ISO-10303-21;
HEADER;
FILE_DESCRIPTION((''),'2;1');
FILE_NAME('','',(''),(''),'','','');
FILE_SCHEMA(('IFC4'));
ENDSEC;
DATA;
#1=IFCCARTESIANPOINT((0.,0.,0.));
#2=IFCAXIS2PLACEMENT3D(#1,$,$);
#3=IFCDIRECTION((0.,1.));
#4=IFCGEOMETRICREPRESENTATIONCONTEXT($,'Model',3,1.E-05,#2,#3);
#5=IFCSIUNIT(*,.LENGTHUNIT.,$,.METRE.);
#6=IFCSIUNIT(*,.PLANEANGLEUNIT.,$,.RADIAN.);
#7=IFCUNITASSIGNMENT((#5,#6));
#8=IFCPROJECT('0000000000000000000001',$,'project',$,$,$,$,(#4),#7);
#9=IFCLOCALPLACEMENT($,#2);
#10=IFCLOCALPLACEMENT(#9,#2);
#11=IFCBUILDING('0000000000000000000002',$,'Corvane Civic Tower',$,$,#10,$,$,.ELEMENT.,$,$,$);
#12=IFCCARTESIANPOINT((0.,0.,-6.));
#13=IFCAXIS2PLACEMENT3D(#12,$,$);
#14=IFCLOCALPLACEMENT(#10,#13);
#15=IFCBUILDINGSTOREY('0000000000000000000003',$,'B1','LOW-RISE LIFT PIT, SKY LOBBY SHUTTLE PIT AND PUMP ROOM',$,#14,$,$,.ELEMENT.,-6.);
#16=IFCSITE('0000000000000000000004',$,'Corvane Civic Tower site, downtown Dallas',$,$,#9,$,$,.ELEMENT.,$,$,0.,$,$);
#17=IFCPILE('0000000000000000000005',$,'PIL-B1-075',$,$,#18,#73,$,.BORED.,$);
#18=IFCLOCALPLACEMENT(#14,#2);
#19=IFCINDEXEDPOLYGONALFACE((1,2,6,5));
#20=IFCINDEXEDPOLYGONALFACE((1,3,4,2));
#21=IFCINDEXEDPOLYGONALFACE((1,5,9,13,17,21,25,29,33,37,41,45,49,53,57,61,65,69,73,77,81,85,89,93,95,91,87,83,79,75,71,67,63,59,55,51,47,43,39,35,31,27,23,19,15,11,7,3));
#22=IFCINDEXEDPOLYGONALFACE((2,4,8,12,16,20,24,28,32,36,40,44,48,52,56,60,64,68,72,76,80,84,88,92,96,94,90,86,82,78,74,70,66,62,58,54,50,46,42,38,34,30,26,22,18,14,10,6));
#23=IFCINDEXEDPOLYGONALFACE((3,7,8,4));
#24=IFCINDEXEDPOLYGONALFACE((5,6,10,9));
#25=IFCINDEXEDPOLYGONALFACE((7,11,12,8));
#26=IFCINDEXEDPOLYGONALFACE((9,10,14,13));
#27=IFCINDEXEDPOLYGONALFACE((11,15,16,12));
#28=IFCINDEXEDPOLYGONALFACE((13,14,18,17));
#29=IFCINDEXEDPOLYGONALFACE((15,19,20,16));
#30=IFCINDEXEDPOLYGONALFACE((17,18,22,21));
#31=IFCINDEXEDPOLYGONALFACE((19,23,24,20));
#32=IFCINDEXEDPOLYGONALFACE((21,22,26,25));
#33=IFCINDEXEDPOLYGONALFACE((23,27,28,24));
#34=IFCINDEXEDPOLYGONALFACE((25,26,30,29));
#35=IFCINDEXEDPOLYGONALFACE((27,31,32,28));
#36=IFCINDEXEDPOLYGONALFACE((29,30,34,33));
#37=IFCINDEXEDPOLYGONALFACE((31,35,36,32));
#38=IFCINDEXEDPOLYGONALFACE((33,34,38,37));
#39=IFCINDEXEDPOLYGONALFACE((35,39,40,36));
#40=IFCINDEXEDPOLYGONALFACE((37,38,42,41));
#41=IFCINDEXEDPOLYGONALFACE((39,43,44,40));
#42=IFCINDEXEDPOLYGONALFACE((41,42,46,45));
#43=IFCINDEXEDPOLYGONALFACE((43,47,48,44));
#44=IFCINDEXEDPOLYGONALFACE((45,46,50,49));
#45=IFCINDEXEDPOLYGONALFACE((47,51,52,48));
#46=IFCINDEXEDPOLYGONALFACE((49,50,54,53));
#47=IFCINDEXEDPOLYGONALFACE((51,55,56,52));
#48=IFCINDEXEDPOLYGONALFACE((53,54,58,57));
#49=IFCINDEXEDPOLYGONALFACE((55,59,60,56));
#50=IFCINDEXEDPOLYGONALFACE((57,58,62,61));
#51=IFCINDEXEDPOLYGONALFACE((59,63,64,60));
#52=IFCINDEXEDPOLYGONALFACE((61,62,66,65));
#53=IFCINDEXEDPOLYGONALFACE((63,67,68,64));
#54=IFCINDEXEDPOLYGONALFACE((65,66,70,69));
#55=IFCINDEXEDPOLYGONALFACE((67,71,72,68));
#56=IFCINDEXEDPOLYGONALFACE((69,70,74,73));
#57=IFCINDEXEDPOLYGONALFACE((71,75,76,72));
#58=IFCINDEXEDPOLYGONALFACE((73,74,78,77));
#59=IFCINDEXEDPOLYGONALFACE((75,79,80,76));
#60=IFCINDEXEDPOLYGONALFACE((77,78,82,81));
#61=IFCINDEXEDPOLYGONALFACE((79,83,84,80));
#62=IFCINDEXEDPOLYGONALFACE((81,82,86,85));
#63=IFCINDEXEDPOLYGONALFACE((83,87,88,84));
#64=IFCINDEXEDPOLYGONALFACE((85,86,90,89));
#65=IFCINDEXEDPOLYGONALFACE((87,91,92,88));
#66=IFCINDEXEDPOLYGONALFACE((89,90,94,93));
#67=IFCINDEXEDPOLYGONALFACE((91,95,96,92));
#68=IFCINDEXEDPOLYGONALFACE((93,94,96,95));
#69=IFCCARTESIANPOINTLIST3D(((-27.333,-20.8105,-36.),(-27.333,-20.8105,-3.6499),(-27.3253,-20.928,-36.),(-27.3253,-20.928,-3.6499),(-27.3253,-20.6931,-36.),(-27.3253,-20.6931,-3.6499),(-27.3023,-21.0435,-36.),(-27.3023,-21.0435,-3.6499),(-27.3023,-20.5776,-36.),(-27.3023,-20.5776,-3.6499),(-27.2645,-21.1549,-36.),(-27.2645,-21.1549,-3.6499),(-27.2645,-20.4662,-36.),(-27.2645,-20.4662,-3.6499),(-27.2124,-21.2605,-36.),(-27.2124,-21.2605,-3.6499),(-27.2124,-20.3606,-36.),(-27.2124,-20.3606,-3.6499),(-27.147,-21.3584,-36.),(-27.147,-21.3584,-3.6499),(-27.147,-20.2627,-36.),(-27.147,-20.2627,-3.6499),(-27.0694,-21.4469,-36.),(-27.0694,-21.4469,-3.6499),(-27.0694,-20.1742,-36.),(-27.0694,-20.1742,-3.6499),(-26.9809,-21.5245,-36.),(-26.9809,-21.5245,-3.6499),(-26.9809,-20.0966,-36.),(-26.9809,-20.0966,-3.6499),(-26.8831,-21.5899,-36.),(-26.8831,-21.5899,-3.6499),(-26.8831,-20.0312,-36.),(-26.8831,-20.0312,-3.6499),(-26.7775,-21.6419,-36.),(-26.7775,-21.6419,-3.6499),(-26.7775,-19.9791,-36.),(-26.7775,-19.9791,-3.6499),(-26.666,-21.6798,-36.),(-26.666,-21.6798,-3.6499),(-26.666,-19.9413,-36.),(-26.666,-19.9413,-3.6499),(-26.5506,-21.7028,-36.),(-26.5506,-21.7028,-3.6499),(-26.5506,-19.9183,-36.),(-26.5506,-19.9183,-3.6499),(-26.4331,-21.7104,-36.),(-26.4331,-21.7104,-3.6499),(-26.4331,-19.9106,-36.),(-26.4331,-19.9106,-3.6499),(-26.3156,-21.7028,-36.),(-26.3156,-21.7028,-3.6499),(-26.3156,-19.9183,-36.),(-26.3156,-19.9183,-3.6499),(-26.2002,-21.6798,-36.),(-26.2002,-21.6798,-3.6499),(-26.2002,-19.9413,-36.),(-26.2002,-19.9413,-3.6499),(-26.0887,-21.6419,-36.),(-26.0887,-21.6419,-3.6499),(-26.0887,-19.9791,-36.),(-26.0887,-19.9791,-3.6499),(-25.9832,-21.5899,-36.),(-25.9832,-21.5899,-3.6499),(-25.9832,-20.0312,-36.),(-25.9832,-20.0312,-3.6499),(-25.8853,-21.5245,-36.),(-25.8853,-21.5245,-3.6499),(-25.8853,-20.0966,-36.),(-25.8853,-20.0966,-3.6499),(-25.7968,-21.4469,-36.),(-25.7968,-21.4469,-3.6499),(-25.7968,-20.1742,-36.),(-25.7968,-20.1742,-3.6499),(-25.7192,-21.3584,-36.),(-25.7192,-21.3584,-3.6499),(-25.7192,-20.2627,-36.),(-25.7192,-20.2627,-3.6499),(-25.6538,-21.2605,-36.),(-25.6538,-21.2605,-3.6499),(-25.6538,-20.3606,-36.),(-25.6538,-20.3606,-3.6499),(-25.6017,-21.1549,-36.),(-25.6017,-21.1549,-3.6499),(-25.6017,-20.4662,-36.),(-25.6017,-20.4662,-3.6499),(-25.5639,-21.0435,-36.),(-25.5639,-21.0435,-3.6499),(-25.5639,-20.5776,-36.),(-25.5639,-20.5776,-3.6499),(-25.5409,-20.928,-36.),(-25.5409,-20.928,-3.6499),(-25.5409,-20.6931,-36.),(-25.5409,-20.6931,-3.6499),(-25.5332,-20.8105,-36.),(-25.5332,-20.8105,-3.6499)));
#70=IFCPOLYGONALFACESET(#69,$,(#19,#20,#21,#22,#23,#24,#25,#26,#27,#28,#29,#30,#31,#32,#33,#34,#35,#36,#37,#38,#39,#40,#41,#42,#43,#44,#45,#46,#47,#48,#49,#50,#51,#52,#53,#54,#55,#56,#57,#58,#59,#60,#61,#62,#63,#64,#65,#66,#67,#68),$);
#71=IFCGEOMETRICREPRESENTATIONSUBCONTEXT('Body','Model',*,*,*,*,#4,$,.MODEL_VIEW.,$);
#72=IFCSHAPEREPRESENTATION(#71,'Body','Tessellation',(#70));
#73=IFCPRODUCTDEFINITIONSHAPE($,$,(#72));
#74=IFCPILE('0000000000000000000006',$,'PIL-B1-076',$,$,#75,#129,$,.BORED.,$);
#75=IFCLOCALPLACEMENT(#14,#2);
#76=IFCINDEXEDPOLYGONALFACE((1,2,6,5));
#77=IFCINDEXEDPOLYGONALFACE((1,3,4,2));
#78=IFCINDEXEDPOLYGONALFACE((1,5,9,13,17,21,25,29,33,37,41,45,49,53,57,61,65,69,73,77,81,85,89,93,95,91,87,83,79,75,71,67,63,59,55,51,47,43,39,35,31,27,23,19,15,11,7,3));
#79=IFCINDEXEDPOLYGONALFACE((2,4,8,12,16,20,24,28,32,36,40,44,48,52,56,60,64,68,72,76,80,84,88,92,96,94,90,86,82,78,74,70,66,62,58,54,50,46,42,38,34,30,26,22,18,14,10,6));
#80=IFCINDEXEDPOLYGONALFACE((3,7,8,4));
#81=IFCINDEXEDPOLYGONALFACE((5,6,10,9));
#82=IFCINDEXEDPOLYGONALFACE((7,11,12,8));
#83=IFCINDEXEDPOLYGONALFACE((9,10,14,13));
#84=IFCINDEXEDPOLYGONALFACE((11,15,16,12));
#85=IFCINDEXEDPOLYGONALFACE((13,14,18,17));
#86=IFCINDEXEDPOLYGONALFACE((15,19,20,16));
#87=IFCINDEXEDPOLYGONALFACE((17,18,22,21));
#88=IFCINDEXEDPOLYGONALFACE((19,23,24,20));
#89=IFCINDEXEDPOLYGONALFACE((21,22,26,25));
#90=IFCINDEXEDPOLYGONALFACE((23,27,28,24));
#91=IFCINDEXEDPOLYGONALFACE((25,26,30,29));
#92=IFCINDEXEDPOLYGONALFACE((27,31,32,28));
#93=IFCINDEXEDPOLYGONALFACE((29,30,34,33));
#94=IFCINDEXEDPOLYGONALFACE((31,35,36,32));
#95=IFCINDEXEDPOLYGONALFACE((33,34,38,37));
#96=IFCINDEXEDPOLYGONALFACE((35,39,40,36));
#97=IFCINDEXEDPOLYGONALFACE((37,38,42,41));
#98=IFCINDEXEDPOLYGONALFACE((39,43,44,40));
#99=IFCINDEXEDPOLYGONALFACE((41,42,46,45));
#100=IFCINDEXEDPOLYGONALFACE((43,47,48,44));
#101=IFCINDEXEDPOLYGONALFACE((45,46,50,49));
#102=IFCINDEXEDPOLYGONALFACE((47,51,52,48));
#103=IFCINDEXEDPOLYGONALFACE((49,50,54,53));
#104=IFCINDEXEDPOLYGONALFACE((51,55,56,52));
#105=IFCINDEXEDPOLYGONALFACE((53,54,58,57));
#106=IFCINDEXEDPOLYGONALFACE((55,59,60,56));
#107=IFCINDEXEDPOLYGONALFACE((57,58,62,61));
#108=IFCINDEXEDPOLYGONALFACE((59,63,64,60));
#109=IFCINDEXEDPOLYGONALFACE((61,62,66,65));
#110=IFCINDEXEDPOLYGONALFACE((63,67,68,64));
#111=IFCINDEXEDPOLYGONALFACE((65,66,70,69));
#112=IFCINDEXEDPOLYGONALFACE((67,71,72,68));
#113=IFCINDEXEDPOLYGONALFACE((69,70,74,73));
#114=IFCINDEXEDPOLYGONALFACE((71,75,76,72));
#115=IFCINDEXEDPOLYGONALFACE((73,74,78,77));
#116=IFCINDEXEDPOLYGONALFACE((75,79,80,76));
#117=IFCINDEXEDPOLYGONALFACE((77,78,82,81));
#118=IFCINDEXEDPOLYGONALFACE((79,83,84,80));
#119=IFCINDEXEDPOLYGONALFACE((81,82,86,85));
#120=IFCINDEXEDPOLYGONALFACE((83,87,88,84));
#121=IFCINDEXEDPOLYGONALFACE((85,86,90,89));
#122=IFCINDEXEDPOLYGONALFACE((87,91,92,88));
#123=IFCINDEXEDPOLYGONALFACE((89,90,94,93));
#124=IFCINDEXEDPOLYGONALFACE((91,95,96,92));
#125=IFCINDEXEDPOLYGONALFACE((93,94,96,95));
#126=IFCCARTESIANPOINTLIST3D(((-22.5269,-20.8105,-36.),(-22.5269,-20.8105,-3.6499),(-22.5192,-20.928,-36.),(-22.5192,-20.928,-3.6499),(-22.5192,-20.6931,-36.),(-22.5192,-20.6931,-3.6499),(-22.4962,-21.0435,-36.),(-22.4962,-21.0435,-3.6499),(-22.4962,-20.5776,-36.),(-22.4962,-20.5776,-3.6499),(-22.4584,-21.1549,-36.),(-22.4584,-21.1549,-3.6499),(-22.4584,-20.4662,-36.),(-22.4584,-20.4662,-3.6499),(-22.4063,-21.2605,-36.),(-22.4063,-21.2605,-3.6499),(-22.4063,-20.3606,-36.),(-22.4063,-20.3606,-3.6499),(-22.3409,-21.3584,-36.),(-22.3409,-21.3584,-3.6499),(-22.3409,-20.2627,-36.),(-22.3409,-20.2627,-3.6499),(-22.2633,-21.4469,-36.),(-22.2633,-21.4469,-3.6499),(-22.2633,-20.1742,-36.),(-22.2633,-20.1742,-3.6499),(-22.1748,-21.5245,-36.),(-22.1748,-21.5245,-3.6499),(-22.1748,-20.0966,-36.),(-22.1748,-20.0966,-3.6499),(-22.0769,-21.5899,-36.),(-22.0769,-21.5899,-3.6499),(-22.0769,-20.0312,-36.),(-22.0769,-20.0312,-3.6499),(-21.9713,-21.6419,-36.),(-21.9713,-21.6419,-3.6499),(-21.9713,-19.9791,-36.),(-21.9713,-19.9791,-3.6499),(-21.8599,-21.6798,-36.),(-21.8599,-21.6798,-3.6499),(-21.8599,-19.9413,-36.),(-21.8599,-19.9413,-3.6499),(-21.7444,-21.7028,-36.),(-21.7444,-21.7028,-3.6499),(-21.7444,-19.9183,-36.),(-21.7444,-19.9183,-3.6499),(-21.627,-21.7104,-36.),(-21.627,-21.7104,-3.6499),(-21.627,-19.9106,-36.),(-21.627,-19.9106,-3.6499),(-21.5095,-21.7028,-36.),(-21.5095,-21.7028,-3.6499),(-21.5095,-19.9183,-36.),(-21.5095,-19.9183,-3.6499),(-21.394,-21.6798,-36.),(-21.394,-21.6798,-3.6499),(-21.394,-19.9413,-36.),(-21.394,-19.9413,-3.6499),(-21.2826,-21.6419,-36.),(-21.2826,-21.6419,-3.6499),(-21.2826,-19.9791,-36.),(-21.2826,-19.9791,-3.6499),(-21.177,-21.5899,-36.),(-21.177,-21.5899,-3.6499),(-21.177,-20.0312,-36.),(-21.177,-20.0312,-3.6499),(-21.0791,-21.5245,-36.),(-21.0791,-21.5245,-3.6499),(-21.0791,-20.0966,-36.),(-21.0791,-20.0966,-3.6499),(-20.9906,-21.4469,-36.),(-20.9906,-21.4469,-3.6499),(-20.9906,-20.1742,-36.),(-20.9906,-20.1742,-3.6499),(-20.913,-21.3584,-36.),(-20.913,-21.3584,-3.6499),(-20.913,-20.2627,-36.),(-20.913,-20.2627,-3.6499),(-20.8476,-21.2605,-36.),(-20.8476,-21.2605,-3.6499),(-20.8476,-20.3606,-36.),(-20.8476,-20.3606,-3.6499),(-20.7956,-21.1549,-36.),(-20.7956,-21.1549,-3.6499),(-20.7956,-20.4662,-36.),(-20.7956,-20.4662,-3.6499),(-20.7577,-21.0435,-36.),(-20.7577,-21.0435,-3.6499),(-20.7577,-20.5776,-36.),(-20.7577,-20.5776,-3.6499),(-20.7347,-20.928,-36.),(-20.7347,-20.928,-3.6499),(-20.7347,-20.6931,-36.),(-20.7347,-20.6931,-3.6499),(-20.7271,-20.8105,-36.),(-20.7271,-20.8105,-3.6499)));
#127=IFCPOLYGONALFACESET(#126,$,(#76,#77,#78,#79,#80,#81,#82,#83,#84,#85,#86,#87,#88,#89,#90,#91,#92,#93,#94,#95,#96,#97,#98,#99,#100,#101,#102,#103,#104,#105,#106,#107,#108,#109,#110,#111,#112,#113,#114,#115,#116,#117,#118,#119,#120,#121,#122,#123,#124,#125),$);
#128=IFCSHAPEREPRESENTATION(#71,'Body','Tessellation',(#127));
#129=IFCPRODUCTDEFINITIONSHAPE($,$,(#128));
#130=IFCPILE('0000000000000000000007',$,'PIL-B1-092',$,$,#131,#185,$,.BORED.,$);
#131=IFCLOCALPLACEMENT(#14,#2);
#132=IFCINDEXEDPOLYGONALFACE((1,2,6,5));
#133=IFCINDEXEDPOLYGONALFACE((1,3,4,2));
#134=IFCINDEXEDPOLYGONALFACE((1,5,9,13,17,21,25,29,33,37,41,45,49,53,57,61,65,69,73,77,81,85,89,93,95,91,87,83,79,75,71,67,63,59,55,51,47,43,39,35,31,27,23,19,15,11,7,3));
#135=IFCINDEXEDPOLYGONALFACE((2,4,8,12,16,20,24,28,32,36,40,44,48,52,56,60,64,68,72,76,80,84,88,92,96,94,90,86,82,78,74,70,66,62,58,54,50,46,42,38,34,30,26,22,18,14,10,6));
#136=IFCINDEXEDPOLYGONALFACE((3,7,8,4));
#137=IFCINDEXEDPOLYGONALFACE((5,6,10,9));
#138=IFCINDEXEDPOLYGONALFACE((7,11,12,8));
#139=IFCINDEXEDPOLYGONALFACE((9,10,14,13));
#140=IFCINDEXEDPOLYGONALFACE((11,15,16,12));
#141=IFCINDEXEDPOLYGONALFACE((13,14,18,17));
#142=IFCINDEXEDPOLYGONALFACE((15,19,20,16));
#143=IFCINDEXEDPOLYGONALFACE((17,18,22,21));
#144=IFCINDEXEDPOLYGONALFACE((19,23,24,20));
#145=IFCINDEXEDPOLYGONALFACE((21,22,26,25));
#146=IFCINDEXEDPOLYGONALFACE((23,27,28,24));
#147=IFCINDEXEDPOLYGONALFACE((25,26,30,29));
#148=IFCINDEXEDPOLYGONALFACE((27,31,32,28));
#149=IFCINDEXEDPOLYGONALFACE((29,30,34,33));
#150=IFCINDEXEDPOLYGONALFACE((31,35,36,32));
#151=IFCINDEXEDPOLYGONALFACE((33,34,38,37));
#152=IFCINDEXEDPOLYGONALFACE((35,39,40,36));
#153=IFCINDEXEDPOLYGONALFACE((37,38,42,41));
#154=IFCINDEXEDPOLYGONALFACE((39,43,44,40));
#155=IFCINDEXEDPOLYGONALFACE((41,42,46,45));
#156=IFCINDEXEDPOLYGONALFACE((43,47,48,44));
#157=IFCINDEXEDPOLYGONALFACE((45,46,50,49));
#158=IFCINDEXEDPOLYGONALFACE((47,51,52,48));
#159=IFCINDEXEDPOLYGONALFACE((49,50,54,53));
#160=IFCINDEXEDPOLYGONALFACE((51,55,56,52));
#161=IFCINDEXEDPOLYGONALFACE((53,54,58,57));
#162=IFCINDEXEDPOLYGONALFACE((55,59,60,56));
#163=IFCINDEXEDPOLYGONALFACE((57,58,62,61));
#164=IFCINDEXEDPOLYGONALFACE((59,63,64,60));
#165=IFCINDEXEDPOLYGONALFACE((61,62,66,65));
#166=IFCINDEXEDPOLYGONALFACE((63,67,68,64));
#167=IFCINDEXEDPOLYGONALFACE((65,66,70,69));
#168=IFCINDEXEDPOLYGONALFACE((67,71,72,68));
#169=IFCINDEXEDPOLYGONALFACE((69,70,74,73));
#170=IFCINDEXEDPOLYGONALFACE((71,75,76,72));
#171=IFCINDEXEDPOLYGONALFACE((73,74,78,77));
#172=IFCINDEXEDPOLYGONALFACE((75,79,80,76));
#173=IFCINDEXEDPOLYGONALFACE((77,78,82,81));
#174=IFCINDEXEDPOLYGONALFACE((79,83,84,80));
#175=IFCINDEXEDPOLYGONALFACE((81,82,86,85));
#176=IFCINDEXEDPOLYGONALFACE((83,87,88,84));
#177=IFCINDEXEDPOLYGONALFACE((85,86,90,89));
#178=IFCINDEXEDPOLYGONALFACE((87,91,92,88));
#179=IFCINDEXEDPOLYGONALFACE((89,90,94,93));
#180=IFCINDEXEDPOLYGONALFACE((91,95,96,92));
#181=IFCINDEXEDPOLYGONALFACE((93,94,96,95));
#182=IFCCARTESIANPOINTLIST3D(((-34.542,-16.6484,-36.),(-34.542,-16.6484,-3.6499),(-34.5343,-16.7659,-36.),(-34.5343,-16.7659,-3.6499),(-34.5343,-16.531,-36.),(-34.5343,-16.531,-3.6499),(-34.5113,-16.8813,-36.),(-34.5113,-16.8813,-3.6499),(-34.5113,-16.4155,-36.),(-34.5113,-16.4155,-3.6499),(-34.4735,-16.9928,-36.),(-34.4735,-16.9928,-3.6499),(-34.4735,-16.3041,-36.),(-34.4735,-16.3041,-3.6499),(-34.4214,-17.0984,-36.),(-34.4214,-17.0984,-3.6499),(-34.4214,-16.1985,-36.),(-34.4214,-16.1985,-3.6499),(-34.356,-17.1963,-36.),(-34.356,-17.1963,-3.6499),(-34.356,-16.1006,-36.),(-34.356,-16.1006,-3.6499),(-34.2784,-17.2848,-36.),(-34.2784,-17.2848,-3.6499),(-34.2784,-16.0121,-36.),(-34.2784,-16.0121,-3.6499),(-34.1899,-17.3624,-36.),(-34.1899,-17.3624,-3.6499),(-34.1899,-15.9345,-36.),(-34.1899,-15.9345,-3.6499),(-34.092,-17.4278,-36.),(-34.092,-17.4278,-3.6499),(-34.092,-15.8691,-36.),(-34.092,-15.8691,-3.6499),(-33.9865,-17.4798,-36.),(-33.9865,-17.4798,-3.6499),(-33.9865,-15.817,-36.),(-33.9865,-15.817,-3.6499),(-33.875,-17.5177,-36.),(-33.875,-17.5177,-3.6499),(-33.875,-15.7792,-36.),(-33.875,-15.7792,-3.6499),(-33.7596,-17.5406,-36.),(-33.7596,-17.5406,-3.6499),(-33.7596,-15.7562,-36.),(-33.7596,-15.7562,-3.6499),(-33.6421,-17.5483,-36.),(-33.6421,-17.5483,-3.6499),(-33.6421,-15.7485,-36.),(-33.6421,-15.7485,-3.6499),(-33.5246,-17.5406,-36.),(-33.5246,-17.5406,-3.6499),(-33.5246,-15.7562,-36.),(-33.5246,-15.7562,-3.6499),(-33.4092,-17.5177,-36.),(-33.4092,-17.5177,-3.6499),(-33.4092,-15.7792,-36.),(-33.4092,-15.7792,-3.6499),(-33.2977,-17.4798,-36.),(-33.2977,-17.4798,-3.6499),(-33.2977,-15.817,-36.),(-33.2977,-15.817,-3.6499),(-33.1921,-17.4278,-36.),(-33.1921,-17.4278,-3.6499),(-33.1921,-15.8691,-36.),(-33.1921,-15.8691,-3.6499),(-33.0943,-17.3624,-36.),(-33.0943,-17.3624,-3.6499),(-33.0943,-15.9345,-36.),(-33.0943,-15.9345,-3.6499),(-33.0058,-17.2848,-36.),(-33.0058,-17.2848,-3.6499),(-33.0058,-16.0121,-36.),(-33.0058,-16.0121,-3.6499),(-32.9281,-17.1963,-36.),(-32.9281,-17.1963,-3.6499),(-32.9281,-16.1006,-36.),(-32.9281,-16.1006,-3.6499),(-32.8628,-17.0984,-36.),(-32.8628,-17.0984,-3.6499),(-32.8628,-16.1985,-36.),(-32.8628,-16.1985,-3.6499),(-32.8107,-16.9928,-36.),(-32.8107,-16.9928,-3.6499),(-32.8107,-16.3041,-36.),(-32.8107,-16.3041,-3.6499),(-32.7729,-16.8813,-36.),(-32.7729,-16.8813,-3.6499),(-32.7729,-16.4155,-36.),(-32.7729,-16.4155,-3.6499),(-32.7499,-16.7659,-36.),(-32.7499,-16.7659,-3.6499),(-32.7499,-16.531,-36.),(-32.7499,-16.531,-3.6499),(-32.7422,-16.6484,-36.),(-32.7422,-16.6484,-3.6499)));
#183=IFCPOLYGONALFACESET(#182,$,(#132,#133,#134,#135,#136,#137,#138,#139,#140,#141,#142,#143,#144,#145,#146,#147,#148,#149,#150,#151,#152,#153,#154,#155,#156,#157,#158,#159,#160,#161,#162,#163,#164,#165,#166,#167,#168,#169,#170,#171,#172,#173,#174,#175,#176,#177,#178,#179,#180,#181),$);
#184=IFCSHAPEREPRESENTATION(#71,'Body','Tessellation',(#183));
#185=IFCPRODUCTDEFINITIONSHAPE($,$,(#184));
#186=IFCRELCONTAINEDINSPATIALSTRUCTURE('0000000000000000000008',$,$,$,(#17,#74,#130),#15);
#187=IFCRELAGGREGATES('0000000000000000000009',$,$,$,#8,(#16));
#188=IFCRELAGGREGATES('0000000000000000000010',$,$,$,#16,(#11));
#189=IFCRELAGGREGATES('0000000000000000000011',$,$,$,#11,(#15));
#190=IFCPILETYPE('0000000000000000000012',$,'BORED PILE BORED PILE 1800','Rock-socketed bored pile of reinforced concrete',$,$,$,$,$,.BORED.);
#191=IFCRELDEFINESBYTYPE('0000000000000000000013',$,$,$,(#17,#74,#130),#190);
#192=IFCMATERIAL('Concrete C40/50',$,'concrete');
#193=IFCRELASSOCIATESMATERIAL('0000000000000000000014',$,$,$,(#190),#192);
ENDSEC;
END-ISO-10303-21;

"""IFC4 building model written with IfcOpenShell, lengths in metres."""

from ifc_helpers import new_model, si_unit, direction, frame, origin, origin_2d, place, context, subcontext, project, spatial, circle, extrude, material, material_profile, profile_set, type_object, element, save


model = new_model("IFC4")

# Units and contexts
model_context = context("Model", 3, precision=1e-05, world=origin(), true_north=direction((0.0, 1.0)))
body_context = subcontext(model_context, "Body", "Model", "MODEL_VIEW")
ifc_project = project(units=[si_unit("LENGTHUNIT", "METRE"), si_unit("PLANEANGLEUNIT", "RADIAN")], contexts=[model_context])

# Site, building, storey
site_placement = place(None, origin())
site = spatial("IfcSite", under=ifc_project, at=site_placement, Name="Corvane Civic Tower site, downtown Dallas", CompositionType="ELEMENT", RefElevation=0.0)
building_placement = place(site_placement, origin())
building = spatial("IfcBuilding", under=site, at=building_placement, Name="Corvane Civic Tower", CompositionType="ELEMENT")
storey_placement = place(building_placement, frame((0.0, 0.0, -6.0)))
storey = spatial("IfcBuildingStorey", under=building, at=storey_placement, Name="B1", Description="LOW-RISE LIFT PIT, SKY LOBBY SHUTTLE PIT AND PUMP ROOM", CompositionType="ELEMENT", Elevation=-6.0)

# Piles
ifc_material_1 = material(Name="Concrete C40/50", Category="concrete")
ifc_material_profile_1 = material_profile(ifc_material_1, circle(Radius=0.8999, at=origin_2d()), Name="BORED PILE 1800")
ifc_profile_set_1 = profile_set([ifc_material_profile_1], Name="Concrete C40/50")
pile_type = type_object("IfcPileType", Name="BORED PILE BORED PILE 1800", Description="Rock-socketed bored pile of reinforced concrete", PredefinedType="BORED", material=ifc_profile_set_1)
for number, where, z_axis, x_axis, name in (
    (1, (-26.4331, -20.8105, -3.6499), (0.0, 0.0, -1.0), (1.0, 0.0, 0.0), "PIL-B1-075"),
    (2, (-21.627, -20.8105, -3.6499), (0.0, 0.0, -1.0), (1.0, 0.0, 0.0), "PIL-B1-076"),
    (3, (-33.6421, -16.6484, -3.6499), (0.0, 0.0, -1.0), (1.0, 0.0, 0.0), "PIL-B1-092"),
):
    element("IfcPile", number, at=place(storey_placement, frame(where, z_axis=z_axis, x_axis=x_axis)), inside=storey, type_object=pile_type, Name=name, PredefinedType="BORED", context=body_context, shape_type="SweptSolid", body=[
        extrude(circle(Radius=0.8999, at=origin_2d()), origin(), (0.0, 0.0, 1.0), 32.3501),
    ])

save(model, "model.ifc")
